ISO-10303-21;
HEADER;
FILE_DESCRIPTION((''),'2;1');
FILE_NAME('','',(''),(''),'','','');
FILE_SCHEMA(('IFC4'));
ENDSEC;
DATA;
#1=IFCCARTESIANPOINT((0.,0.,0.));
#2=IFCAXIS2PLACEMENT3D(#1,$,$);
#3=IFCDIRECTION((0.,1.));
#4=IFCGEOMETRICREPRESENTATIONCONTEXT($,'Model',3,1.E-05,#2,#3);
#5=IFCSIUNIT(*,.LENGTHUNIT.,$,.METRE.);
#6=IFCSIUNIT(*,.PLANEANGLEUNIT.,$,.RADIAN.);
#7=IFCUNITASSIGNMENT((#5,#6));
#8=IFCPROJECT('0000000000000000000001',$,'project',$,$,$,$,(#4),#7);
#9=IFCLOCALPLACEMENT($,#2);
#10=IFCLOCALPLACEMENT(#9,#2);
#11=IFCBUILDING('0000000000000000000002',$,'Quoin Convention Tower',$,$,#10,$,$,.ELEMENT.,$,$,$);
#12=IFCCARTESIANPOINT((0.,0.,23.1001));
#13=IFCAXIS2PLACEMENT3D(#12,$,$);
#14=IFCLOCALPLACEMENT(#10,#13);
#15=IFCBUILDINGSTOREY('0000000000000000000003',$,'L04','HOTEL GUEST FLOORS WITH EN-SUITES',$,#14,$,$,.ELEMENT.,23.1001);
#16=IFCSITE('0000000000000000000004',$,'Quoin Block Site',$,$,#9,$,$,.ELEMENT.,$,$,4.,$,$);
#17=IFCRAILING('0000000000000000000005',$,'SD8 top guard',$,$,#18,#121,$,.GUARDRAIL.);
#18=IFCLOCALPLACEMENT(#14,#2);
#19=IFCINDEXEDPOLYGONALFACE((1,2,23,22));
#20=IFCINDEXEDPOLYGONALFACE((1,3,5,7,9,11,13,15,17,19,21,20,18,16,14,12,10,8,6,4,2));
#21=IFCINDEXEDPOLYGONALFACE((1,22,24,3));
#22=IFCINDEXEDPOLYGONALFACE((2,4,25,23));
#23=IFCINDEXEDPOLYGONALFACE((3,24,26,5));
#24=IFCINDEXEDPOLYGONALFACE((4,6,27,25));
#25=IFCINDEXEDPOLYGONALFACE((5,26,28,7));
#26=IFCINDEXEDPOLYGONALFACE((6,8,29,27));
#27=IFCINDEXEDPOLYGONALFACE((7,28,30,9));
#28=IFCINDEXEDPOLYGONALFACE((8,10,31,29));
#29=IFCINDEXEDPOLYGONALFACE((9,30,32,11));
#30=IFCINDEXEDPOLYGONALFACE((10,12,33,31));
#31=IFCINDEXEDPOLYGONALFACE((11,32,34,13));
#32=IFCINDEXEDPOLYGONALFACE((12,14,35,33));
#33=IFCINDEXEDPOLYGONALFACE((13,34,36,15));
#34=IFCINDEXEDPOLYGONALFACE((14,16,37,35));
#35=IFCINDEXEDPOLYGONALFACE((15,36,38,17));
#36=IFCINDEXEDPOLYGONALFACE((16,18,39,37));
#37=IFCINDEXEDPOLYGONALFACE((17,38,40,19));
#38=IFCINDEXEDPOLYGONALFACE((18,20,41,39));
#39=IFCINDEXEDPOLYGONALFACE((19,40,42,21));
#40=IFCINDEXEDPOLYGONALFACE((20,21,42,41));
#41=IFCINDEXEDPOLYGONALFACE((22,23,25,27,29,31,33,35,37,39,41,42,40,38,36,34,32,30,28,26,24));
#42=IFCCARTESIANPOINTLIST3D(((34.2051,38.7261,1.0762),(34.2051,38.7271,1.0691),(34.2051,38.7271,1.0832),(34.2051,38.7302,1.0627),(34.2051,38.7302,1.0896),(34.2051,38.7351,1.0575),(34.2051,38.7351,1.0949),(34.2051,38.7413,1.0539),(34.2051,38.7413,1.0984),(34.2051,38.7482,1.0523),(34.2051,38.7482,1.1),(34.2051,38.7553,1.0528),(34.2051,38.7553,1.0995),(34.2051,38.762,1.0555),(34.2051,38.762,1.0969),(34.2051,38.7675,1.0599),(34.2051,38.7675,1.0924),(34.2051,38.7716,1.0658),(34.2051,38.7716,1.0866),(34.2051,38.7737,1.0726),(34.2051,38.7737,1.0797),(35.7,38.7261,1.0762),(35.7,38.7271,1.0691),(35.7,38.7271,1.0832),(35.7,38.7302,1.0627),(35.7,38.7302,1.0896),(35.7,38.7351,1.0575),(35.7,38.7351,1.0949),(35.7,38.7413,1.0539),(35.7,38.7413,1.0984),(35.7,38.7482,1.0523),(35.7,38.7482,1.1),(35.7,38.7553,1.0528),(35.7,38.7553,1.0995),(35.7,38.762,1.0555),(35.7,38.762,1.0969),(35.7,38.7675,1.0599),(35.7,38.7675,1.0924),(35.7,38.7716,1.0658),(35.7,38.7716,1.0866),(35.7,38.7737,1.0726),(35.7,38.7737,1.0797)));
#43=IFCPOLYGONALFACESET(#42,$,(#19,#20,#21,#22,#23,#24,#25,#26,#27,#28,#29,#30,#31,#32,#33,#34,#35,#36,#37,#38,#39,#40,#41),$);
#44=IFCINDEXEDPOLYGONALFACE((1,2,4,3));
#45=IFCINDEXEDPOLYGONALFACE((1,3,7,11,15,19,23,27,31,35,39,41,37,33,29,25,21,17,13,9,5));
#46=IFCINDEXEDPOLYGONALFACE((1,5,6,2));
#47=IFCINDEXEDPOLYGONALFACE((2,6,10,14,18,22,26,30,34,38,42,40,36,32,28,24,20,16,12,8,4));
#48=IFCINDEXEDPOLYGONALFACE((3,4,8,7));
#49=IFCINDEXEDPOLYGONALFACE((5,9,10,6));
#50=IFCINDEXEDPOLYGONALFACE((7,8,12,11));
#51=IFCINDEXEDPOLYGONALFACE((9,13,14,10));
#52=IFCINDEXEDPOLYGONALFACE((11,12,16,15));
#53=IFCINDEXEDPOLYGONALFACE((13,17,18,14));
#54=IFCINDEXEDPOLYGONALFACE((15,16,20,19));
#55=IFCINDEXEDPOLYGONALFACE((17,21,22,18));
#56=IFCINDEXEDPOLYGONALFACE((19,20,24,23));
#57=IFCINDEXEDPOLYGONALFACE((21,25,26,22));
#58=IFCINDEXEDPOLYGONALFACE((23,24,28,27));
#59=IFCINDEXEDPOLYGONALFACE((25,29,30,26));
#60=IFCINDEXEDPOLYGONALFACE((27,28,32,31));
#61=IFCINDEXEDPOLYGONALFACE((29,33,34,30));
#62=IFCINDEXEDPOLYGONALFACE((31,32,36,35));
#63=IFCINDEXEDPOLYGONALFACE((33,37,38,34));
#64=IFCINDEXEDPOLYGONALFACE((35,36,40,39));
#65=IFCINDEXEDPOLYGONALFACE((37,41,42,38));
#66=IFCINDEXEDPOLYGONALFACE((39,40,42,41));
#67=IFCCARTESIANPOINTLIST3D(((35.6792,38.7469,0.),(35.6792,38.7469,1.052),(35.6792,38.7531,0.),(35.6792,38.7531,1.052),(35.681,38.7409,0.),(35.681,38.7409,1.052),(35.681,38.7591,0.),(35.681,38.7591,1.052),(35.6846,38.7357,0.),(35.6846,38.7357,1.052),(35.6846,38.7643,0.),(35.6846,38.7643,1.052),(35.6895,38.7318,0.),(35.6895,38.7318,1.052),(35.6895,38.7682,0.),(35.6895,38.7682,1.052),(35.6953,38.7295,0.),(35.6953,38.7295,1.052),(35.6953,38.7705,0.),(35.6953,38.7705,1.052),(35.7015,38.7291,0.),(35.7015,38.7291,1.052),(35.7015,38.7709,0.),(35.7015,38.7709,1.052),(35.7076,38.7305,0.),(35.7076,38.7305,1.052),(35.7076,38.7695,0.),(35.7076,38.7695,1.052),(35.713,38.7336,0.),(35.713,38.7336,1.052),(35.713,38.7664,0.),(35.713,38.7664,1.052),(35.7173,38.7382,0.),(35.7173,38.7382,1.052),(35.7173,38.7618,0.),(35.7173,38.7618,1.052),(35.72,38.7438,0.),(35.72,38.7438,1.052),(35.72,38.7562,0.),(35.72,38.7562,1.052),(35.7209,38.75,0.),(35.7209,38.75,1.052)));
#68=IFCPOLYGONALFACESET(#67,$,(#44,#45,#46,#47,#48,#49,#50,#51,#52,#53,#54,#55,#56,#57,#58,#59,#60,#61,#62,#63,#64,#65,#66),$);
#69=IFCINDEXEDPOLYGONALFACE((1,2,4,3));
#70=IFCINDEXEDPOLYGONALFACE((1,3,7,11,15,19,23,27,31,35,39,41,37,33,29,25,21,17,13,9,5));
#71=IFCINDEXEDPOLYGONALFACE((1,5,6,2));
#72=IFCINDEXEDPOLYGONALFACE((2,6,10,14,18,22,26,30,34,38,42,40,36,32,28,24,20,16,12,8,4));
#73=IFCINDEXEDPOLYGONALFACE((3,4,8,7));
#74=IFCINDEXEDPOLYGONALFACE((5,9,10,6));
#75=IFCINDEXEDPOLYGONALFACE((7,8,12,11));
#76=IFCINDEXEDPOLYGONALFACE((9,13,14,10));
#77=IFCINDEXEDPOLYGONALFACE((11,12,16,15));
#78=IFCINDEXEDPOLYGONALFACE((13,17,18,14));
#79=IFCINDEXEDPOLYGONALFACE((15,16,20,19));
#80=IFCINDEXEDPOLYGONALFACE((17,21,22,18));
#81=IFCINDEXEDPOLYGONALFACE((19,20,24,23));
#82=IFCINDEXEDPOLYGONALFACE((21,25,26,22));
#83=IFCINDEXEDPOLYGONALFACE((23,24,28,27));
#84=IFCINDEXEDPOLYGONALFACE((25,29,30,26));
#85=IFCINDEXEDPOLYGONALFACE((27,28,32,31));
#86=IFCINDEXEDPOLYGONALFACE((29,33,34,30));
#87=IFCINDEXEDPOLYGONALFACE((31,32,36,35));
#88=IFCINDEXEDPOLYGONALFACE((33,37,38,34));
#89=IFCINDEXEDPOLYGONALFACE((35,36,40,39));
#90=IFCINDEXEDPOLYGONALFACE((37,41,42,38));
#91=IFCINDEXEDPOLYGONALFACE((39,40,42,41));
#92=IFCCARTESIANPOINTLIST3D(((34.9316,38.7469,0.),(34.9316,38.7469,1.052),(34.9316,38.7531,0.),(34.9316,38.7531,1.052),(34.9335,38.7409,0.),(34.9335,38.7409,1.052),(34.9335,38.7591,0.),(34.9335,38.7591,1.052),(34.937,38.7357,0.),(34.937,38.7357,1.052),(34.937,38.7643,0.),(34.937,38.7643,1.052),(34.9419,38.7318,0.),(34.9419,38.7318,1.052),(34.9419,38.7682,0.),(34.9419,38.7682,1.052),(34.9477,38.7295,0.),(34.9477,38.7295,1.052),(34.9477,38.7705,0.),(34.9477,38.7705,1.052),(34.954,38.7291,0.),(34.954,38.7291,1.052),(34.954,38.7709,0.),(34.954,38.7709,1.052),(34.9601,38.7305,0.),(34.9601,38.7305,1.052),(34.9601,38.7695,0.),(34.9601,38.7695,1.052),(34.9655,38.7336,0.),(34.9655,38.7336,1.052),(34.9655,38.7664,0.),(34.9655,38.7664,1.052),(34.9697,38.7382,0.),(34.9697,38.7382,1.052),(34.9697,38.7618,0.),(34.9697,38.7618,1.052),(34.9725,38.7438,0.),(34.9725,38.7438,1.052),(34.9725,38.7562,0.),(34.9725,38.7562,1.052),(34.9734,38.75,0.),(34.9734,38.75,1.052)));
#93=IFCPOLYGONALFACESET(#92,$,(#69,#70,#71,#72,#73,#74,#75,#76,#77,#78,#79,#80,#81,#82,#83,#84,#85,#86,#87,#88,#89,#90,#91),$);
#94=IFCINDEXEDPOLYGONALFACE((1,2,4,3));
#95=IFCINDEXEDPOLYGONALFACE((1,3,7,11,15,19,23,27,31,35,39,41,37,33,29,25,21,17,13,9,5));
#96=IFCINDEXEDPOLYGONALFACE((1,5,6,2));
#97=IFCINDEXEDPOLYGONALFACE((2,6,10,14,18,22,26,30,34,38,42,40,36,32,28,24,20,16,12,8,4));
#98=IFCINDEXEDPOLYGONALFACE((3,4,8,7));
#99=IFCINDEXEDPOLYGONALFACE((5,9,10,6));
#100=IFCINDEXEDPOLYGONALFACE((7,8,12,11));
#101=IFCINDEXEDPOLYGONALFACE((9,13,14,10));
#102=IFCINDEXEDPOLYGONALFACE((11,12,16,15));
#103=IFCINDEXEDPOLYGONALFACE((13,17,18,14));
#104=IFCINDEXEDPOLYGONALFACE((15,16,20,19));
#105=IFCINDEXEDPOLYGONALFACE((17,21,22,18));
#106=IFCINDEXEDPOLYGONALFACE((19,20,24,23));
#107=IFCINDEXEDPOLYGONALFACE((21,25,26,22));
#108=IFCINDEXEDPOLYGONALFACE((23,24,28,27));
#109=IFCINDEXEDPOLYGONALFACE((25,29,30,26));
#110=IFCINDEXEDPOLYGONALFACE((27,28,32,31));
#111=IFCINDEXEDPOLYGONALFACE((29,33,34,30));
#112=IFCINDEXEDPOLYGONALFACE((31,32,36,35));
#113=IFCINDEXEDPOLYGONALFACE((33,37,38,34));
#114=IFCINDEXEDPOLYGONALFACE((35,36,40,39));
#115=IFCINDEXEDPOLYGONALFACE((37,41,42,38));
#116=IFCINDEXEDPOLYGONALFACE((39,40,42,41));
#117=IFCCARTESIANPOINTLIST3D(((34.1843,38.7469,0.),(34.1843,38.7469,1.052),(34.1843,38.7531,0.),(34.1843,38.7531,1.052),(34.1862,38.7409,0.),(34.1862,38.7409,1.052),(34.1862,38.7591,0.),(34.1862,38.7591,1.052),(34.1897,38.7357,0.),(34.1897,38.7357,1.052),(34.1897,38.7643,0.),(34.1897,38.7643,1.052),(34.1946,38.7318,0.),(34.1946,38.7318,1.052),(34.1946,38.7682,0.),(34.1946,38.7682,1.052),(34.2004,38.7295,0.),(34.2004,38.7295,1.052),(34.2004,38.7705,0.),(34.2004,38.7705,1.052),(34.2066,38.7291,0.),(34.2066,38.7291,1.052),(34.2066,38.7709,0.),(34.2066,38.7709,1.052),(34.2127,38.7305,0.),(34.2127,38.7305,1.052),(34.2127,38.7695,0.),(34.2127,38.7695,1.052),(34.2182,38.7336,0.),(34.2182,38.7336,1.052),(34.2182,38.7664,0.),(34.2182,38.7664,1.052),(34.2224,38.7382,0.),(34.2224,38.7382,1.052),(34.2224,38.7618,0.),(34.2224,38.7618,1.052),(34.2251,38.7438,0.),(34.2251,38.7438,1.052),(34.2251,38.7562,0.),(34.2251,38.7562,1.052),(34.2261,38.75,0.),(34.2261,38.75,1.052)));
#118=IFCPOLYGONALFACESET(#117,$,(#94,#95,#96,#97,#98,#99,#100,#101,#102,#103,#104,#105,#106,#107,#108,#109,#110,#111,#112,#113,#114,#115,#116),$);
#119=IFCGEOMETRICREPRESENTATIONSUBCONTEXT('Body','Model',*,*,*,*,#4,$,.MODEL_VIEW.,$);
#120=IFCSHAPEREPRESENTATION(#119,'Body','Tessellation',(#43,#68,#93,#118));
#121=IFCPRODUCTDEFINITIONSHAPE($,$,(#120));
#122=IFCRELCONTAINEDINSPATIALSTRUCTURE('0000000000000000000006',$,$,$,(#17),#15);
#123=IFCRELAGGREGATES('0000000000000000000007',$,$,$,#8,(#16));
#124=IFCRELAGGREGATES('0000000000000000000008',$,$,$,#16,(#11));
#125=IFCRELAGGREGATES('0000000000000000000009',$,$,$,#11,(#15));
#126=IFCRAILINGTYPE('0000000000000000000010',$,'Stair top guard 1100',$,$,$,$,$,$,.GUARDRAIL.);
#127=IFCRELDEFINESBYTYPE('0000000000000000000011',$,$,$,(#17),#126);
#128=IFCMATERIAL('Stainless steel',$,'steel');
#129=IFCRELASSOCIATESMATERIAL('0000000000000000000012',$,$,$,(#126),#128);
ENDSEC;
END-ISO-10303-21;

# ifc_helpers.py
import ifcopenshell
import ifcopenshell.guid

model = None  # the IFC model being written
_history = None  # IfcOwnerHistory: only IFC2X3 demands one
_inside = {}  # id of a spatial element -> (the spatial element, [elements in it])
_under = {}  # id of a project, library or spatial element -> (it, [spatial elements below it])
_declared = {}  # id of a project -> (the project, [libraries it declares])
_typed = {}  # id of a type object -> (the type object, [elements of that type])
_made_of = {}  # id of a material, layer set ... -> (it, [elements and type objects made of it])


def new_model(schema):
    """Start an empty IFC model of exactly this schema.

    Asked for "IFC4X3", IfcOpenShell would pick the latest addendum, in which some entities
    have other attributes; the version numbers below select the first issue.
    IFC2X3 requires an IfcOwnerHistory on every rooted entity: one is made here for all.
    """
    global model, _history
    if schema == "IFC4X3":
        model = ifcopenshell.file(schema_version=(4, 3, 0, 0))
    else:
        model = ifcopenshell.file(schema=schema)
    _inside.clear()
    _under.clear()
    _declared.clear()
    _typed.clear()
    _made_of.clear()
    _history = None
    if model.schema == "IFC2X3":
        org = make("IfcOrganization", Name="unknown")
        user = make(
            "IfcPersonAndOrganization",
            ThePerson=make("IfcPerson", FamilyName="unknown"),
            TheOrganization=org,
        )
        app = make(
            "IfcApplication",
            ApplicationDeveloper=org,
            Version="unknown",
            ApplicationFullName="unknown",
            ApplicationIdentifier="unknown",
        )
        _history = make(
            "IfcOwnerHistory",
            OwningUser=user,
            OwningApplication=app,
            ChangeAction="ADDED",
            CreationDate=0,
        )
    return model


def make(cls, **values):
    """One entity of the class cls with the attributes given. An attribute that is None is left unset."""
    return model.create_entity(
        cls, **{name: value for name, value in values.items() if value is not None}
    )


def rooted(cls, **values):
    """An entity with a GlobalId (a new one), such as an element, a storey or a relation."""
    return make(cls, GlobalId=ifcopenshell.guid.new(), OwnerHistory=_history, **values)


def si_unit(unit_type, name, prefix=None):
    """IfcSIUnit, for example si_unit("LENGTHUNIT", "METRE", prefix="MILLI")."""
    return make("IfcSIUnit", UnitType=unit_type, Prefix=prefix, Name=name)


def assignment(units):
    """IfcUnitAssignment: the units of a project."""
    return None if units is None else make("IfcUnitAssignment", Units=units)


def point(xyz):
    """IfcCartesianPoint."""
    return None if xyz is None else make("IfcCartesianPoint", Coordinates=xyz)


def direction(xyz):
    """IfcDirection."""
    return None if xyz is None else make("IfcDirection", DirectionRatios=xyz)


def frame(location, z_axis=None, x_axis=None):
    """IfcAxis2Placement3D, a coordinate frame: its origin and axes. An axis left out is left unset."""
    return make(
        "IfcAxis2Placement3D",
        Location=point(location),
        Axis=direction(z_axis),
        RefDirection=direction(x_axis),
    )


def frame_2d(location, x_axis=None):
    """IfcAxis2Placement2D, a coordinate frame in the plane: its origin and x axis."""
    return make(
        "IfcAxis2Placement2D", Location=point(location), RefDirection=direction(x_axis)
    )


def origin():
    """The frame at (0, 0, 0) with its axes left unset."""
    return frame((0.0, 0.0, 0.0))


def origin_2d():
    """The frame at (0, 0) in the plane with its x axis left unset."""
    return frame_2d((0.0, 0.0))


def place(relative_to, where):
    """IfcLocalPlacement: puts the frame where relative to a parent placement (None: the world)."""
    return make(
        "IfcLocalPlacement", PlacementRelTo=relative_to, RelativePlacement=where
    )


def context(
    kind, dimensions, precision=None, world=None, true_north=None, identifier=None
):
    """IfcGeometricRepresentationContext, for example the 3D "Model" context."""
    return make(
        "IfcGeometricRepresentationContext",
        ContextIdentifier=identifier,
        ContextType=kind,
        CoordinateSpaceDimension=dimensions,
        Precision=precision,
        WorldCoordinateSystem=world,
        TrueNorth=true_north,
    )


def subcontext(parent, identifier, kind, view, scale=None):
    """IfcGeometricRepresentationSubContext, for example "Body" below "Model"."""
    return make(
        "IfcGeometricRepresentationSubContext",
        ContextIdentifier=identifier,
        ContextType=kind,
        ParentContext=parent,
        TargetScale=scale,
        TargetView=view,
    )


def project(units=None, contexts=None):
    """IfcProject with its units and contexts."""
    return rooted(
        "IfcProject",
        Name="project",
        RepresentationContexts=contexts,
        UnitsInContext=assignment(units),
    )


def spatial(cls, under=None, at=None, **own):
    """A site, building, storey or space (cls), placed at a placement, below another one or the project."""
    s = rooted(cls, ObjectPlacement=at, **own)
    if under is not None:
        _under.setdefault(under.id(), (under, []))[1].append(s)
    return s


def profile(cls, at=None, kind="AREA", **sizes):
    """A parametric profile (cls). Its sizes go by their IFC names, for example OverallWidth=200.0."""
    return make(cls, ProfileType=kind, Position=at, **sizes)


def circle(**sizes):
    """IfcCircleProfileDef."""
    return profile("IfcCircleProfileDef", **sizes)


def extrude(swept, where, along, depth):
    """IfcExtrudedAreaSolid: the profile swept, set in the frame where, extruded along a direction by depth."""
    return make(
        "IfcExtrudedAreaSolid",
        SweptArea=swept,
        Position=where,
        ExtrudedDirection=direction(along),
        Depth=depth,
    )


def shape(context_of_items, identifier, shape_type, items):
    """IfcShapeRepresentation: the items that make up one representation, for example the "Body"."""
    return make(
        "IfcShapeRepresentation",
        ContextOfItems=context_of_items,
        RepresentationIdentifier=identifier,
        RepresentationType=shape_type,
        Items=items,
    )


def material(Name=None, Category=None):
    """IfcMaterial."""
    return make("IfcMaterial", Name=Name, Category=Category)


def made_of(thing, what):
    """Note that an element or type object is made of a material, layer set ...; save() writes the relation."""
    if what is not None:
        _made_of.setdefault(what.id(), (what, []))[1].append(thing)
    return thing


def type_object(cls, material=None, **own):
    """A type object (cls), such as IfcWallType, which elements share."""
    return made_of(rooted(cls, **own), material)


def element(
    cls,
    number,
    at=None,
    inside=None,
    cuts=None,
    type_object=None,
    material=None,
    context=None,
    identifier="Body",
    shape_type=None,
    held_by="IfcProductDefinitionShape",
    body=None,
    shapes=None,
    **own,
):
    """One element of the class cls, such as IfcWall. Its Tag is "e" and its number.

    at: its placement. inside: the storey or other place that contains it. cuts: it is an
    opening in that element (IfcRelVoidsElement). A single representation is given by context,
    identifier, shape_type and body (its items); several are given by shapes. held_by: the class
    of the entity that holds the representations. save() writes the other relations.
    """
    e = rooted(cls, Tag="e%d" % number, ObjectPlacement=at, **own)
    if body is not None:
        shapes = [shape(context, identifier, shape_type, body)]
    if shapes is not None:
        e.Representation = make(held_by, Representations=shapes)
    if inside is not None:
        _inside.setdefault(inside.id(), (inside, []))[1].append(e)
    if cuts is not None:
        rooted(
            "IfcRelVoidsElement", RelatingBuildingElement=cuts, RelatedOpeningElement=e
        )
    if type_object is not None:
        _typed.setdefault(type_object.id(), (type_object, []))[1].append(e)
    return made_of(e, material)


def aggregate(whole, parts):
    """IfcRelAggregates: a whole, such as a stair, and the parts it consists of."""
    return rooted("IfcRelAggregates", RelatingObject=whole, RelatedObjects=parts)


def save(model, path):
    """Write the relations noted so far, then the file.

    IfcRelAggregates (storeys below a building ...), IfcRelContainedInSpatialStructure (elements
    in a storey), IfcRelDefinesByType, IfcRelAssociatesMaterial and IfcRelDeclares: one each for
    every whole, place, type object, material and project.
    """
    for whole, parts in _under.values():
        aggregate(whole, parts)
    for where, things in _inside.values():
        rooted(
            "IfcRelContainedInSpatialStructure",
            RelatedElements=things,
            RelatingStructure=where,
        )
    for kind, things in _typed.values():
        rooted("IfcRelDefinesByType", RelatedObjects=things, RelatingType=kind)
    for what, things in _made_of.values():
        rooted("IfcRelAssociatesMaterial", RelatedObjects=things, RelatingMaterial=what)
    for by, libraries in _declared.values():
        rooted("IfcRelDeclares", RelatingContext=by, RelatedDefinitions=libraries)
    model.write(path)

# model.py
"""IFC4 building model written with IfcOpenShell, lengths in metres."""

from ifc_helpers import new_model, si_unit, direction, frame, origin, origin_2d, place, context, subcontext, project, spatial, circle, extrude, material, type_object, element, save


model = new_model("IFC4")

# Units and contexts
model_context = context("Model", 3, precision=1e-05, world=origin(), true_north=direction((0.0, 1.0)))
body_context = subcontext(model_context, "Body", "Model", "MODEL_VIEW")
ifc_project = project(units=[si_unit("LENGTHUNIT", "METRE"), si_unit("PLANEANGLEUNIT", "RADIAN")], contexts=[model_context])

# Site, building, storey
site_placement = place(None, origin())
site = spatial("IfcSite", under=ifc_project, at=site_placement, Name="Quoin Block Site", CompositionType="ELEMENT", RefElevation=4.0)
building_placement = place(site_placement, origin())
building = spatial("IfcBuilding", under=site, at=building_placement, Name="Quoin Convention Tower", CompositionType="ELEMENT")
storey_placement = place(building_placement, frame((0.0, 0.0, 23.1001)))
storey = spatial("IfcBuildingStorey", under=building, at=storey_placement, Name="L04", Description="HOTEL GUEST FLOORS WITH EN-SUITES", CompositionType="ELEMENT", Elevation=23.1001)

# Railing
ifc_material_1 = material(Name="Stainless steel", Category="steel")
railing_type_1 = type_object("IfcRailingType", Name="Stair top guard 1100", PredefinedType="GUARDRAIL", material=ifc_material_1)
railing_1_placement = place(storey_placement, frame((35.7, 38.75, 0.0)))
element("IfcRailing", 1, at=railing_1_placement, inside=storey, type_object=railing_type_1, Name="SD8 top guard", PredefinedType="GUARDRAIL", context=body_context, shape_type="SweptSolid", body=[
    extrude(circle(Radius=0.0239, at=origin_2d()), frame((0.0, 0.0, 1.0762), z_axis=(-1.0, 0.0, 0.0), x_axis=(0.0, -1.0, 0.0)), (0.0, 0.0, 1.0), 1.4949),
    extrude(circle(Radius=0.021, at=origin_2d()), origin(), (0.0, 0.0, 1.0), 1.052),
    extrude(circle(Radius=0.021, at=origin_2d()), frame((-0.7476, 0.0, 0.0)), (0.0, 0.0, 1.0), 1.052),
    extrude(circle(Radius=0.021, at=origin_2d()), frame((-1.4949, 0.0, 0.0)), (0.0, 0.0, 1.0), 1.052),
])

save(model, "model.ifc")
